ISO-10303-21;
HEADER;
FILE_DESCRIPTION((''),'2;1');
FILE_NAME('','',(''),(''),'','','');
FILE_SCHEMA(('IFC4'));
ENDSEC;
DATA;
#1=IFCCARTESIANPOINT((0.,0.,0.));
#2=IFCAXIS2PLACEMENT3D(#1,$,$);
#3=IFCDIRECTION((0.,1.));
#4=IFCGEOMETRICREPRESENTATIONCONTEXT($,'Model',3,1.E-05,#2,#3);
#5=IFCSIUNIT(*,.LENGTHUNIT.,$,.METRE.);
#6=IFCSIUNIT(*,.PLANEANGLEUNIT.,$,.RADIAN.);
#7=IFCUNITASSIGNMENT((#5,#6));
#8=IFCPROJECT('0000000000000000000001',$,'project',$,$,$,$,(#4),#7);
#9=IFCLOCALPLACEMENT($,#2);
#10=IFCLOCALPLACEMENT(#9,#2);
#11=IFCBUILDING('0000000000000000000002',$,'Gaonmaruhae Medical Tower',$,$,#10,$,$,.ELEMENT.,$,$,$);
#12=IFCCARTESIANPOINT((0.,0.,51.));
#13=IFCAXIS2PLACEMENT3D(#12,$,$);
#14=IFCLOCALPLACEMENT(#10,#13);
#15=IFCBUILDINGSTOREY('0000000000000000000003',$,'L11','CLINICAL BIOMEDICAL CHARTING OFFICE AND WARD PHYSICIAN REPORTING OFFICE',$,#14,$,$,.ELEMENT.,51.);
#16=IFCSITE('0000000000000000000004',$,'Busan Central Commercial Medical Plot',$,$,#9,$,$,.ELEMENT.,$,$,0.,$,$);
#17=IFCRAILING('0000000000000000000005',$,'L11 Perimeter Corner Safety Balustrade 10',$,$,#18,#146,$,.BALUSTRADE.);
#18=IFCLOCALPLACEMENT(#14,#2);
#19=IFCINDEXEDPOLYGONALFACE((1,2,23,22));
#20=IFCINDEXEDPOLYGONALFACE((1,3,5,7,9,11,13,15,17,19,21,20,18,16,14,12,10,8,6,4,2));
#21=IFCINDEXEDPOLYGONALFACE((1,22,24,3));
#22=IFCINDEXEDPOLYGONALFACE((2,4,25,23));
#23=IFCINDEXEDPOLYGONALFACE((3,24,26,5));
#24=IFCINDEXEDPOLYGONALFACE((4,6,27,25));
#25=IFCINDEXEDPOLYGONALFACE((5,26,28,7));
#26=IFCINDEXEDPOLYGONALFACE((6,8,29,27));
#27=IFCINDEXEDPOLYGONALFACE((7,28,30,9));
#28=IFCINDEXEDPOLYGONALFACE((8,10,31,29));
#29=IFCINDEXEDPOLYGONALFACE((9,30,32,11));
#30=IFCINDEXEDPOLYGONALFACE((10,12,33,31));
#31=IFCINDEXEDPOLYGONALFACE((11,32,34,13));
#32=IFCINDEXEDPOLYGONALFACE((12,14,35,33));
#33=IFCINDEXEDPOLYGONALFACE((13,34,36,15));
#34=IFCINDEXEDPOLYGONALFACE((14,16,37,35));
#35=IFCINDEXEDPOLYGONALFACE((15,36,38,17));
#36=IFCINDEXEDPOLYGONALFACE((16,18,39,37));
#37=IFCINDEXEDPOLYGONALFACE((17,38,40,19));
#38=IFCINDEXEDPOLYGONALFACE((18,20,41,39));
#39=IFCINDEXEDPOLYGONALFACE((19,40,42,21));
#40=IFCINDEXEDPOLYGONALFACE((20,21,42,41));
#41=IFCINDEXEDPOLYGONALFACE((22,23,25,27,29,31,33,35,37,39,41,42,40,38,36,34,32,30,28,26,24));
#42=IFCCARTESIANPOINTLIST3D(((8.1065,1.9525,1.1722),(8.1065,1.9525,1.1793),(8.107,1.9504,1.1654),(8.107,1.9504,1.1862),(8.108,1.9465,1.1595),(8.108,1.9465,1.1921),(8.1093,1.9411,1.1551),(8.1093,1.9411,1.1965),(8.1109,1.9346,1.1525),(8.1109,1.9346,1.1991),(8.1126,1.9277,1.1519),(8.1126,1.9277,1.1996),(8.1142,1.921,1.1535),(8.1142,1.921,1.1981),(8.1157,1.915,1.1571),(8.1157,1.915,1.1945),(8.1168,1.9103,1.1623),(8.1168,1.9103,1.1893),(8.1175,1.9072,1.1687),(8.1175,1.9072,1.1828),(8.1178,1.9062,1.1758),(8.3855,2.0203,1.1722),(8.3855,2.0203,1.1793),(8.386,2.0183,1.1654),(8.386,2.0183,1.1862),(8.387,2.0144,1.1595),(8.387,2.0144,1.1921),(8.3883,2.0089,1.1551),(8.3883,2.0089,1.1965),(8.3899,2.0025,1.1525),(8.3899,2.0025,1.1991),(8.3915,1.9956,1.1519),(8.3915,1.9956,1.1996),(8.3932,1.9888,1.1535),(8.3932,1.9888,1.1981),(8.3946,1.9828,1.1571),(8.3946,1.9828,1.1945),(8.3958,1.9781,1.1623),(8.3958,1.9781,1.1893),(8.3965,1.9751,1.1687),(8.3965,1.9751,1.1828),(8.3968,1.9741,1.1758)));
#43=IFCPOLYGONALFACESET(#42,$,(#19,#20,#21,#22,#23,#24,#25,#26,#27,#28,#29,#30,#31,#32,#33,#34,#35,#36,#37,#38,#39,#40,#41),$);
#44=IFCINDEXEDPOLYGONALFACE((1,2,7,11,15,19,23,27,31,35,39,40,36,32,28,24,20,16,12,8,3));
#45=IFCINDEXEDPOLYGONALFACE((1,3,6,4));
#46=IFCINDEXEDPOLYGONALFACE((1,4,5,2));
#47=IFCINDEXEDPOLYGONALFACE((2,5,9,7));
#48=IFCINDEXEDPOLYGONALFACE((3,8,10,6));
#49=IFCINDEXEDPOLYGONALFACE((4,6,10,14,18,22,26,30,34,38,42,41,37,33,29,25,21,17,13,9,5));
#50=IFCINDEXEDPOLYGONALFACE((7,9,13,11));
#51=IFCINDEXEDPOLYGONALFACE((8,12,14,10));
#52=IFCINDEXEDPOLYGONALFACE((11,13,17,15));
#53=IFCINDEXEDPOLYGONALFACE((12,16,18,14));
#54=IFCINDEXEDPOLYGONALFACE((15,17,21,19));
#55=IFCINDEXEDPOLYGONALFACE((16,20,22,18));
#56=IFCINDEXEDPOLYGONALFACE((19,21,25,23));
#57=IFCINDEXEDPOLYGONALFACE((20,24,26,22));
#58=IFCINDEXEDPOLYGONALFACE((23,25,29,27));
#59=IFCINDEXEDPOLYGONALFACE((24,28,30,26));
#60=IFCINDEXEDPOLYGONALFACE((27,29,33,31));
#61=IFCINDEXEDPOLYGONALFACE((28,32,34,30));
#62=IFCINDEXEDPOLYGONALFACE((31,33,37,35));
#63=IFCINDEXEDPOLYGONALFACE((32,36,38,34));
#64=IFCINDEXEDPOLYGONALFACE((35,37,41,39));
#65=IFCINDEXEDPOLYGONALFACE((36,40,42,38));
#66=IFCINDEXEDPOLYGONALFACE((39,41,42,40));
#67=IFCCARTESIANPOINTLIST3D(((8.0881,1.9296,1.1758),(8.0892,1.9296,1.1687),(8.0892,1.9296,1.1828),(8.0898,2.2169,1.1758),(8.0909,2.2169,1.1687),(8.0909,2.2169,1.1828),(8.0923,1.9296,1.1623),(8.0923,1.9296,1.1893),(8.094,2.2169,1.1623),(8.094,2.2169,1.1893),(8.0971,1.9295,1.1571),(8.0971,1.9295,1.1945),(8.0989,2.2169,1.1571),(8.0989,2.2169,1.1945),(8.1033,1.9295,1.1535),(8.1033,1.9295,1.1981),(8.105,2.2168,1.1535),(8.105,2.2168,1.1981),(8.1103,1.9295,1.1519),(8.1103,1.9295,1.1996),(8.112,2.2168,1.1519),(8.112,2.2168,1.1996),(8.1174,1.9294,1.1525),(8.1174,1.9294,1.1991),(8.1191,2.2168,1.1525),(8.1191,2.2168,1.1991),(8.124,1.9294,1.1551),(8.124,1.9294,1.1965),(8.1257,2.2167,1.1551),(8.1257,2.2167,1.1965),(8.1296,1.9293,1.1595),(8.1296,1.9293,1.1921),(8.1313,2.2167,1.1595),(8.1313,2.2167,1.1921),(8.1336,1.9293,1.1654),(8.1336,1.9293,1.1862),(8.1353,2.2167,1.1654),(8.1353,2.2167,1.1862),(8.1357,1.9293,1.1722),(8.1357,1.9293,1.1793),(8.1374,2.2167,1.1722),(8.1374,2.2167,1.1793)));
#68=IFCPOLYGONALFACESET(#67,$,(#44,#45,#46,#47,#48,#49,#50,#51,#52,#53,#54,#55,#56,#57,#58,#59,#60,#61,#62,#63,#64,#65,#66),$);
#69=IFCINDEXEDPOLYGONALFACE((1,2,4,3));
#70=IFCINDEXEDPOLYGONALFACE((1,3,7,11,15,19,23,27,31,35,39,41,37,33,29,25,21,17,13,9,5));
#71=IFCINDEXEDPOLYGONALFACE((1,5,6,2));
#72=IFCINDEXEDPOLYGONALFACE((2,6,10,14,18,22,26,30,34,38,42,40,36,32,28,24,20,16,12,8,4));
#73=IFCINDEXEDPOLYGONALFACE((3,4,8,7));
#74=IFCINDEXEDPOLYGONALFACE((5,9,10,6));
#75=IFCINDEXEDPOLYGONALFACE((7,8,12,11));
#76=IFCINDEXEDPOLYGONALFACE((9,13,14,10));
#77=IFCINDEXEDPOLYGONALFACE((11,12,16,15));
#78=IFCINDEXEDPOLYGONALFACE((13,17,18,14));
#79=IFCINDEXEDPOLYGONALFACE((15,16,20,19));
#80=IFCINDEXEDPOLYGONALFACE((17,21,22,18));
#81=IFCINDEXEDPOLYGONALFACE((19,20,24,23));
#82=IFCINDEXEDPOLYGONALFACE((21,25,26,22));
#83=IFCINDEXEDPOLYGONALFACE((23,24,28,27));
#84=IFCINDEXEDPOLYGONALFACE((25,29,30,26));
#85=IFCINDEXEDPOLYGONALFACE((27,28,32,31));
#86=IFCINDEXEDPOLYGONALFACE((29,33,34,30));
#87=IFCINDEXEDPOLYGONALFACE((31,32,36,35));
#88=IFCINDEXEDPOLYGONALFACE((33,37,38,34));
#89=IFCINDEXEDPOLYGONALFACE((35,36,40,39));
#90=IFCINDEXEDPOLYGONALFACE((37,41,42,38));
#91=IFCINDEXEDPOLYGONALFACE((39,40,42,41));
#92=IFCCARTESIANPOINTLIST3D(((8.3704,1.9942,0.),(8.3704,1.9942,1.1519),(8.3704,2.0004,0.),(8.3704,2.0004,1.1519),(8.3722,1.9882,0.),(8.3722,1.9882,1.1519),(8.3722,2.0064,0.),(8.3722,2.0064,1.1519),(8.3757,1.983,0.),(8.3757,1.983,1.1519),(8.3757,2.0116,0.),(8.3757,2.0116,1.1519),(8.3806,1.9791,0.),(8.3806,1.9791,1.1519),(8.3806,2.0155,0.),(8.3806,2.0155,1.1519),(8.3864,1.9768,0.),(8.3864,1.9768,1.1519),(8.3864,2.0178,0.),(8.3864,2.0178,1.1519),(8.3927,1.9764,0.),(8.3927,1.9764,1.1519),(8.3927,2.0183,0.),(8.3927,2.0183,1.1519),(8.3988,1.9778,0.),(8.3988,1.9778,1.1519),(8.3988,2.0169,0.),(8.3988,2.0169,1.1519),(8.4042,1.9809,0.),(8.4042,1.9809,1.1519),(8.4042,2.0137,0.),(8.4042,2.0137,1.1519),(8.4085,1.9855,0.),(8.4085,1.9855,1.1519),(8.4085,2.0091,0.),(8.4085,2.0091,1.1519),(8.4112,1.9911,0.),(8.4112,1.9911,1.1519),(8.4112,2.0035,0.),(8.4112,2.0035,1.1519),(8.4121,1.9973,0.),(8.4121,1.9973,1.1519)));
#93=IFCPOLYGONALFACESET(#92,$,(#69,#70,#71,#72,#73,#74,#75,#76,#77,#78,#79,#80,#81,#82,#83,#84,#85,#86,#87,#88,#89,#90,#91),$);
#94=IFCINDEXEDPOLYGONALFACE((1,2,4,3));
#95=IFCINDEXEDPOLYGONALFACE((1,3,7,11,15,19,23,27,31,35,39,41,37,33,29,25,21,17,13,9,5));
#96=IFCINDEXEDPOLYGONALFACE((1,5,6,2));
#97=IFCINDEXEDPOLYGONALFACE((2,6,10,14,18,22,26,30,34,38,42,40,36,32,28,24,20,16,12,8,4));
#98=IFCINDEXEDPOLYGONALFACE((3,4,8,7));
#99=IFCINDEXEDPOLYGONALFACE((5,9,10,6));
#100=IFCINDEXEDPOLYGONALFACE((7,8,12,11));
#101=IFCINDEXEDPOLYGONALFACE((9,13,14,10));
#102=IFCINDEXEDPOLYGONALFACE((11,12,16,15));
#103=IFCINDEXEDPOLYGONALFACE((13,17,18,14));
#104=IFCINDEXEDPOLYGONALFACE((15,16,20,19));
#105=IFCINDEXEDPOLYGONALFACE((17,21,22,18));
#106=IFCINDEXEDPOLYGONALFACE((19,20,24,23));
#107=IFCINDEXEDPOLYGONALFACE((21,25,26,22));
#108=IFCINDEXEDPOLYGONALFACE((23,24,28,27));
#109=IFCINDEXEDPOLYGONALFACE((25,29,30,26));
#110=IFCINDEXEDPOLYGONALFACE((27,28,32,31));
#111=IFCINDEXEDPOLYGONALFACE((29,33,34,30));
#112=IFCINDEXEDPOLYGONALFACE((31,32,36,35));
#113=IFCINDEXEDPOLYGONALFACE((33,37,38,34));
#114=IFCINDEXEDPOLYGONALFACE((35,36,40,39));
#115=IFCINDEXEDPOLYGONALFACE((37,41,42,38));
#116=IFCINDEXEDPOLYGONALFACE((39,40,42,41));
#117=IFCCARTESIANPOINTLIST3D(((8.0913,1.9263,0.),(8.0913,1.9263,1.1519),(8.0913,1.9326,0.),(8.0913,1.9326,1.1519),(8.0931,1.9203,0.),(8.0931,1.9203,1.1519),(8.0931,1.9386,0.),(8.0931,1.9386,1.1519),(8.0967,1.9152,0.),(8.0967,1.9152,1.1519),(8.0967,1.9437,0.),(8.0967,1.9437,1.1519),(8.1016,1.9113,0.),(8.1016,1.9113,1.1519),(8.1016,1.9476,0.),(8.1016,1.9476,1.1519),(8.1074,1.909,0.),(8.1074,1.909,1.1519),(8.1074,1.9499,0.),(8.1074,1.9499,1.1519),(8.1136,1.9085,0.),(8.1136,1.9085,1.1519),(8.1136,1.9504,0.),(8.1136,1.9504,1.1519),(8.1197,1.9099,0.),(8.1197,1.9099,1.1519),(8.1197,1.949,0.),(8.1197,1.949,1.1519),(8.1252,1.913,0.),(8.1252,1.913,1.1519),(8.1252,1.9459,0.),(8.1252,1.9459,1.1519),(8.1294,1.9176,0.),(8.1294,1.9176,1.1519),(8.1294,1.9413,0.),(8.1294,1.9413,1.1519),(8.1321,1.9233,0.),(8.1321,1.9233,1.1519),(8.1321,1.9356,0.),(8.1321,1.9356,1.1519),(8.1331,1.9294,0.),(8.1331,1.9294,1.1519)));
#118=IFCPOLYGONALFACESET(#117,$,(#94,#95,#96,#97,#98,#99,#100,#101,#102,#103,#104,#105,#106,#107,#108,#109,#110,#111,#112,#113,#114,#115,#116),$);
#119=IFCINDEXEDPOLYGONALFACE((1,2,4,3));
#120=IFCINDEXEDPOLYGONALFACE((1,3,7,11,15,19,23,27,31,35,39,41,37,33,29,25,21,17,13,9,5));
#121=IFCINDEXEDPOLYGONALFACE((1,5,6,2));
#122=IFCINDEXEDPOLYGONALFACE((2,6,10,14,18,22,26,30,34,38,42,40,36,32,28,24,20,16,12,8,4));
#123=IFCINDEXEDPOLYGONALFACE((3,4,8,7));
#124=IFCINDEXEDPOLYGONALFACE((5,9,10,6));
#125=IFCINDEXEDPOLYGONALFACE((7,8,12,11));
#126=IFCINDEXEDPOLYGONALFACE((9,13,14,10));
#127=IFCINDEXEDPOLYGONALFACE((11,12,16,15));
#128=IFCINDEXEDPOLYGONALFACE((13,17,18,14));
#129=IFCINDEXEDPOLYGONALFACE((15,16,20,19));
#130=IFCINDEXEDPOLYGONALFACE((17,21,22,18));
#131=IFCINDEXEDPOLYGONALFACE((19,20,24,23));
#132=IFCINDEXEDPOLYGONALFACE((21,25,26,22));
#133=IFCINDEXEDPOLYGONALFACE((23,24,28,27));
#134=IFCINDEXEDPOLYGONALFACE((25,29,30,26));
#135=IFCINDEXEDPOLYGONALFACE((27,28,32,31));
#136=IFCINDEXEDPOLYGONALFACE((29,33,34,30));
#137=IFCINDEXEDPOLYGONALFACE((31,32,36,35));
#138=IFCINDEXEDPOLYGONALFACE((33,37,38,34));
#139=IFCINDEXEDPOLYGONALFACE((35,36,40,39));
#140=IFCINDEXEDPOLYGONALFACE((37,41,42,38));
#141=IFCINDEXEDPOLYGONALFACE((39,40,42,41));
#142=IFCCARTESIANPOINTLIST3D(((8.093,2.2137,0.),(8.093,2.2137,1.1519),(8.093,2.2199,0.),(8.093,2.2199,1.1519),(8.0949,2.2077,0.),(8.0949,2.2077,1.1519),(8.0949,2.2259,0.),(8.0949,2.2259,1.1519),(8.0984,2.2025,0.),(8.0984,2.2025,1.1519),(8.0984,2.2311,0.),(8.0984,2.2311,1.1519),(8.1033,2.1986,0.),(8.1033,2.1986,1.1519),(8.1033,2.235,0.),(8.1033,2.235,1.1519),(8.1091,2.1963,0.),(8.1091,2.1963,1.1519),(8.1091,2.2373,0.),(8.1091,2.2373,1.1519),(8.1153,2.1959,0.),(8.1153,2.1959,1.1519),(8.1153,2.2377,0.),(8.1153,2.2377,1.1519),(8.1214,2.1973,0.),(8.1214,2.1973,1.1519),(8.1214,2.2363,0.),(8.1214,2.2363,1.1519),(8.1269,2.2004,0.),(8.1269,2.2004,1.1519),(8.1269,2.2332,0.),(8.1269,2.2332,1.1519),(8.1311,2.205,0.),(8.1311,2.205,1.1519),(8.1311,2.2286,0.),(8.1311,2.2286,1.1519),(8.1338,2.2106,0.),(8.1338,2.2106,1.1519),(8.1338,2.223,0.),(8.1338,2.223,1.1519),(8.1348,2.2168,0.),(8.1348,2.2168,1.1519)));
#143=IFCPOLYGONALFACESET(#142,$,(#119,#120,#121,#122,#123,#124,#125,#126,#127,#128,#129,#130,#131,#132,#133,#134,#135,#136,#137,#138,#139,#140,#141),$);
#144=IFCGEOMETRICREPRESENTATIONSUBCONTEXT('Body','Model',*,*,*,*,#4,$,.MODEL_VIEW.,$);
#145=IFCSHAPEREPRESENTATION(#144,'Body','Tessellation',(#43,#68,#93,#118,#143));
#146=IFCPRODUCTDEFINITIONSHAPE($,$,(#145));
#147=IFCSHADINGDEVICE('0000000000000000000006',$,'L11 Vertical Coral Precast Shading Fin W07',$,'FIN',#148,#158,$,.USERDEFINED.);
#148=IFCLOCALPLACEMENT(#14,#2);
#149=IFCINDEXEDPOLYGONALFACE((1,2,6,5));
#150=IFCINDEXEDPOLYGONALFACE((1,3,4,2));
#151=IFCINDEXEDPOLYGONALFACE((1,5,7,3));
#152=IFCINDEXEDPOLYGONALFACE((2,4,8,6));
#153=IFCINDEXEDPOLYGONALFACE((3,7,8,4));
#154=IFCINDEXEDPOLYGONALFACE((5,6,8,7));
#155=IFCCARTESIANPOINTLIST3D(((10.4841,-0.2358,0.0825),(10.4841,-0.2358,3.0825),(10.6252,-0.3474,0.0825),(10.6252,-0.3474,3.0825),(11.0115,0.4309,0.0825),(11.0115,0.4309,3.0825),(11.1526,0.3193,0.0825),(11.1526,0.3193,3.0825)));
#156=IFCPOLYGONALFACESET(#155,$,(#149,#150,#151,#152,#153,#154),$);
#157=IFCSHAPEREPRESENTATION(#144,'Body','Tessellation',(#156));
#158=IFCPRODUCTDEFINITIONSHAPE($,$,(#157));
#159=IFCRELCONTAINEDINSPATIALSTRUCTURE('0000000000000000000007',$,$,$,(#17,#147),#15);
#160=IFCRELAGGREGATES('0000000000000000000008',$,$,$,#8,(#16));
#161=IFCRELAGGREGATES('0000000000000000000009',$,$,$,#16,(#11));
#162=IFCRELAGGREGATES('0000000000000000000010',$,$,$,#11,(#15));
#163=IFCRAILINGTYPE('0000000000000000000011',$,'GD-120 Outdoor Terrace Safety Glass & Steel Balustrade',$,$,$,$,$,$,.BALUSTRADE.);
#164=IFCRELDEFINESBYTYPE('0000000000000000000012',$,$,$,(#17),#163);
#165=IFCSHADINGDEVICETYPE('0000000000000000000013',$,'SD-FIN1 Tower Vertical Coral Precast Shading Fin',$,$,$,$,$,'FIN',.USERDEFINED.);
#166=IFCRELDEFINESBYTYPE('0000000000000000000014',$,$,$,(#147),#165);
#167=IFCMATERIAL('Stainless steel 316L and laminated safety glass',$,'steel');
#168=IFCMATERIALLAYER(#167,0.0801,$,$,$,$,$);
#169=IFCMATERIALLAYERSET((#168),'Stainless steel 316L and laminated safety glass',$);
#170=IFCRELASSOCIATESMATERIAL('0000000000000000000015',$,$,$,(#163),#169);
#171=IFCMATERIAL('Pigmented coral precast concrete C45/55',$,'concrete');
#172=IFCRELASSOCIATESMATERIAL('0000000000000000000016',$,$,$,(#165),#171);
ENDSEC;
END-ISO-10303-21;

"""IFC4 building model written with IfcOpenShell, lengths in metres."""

from ifc_helpers import new_model, si_unit, direction, frame, origin, origin_2d, place, context, subcontext, project, spatial, rectangle, circle, extrude, material, layer, layer_set, type_object, element, save


model = new_model("IFC4")

# Units and contexts
model_context = context("Model", 3, precision=1e-05, world=origin(), true_north=direction((0.0, 1.0)))
body_context = subcontext(model_context, "Body", "Model", "MODEL_VIEW")
ifc_project = project(units=[si_unit("LENGTHUNIT", "METRE"), si_unit("PLANEANGLEUNIT", "RADIAN")], contexts=[model_context])

# Site, building, storey
site_placement = place(None, origin())
site = spatial("IfcSite", under=ifc_project, at=site_placement, Name="Busan Central Commercial Medical Plot", CompositionType="ELEMENT", RefElevation=0.0)
building_placement = place(site_placement, origin())
building = spatial("IfcBuilding", under=site, at=building_placement, Name="Gaonmaruhae Medical Tower", CompositionType="ELEMENT")
storey_placement = place(building_placement, frame((0.0, 0.0, 51.0)))
storey = spatial("IfcBuildingStorey", under=building, at=storey_placement, Name="L11", Description="CLINICAL BIOMEDICAL CHARTING OFFICE AND WARD PHYSICIAN REPORTING OFFICE", CompositionType="ELEMENT", Elevation=51.0)

# Railing
ifc_material_1 = material(Name="Stainless steel 316L and laminated safety glass", Category="steel")
ifc_layer_1 = layer(ifc_material_1, 0.0801)
ifc_layer_set_1 = layer_set([ifc_layer_1], Name="Stainless steel 316L and laminated safety glass")
railing_type = type_object("IfcRailingType", Name="GD-120 Outdoor Terrace Safety Glass & Steel Balustrade", PredefinedType="BALUSTRADE", material=ifc_layer_set_1)
railing_1_placement = place(storey_placement, frame((8.3911, 1.9973, 0.0)))
element("IfcRailing", 1, at=railing_1_placement, inside=storey, type_object=railing_type, Name="L11 Perimeter Corner Safety Balustrade 10", PredefinedType="BALUSTRADE", context=body_context, shape_type="SweptSolid", body=[
    extrude(circle(Radius=0.0239, at=origin_2d()), frame((0.0, 0.0, 1.1758), z_axis=(-0.971673, -0.23633, 0.0), x_axis=(0.23633, -0.971673, 0.0)), (0.0, 0.0, 1.0), 0.2871),
    extrude(circle(Radius=0.0239, at=origin_2d()), frame((-0.2791, -0.0679, 1.1758), z_axis=(0.005947, 0.999982, 0.0), x_axis=(-0.999982, 0.005947, 0.0)), (0.0, 0.0, 1.0), 0.2874),
    extrude(circle(Radius=0.021, at=origin_2d()), origin(), (0.0, 0.0, 1.0), 1.1519),
    extrude(circle(Radius=0.021, at=origin_2d()), frame((-0.2791, -0.0679, 0.0)), (0.0, 0.0, 1.0), 1.1519),
    extrude(circle(Radius=0.021, at=origin_2d()), frame((-0.2773, 0.2195, 0.0)), (0.0, 0.0, 1.0), 1.1519),
])

# Shading device
ifc_material_2 = material(Name="Pigmented coral precast concrete C45/55", Category="concrete")
shading_device_type = type_object("IfcShadingDeviceType", Name="SD-FIN1 Tower Vertical Coral Precast Shading Fin", ElementType="FIN", PredefinedType="USERDEFINED", material=ifc_material_2)
shading_device_placement = place(storey_placement, frame((10.8184, 0.0417, 0.0825), z_axis=(0.0, 0.0, 1.0), x_axis=(-0.784246, 0.62045, 0.0)))
element("IfcShadingDevice", 2, at=shading_device_placement, inside=storey, type_object=shading_device_type, Name="L11 Vertical Coral Precast Shading Fin W07", ObjectType="FIN", PredefinedType="USERDEFINED", context=body_context, shape_type="SweptSolid", body=[
    extrude(rectangle(XDim=0.1799, YDim=0.8501, at=origin_2d()), origin(), (0.0, 0.0, 1.0), 3.0),
])

save(model, "model.ifc")
